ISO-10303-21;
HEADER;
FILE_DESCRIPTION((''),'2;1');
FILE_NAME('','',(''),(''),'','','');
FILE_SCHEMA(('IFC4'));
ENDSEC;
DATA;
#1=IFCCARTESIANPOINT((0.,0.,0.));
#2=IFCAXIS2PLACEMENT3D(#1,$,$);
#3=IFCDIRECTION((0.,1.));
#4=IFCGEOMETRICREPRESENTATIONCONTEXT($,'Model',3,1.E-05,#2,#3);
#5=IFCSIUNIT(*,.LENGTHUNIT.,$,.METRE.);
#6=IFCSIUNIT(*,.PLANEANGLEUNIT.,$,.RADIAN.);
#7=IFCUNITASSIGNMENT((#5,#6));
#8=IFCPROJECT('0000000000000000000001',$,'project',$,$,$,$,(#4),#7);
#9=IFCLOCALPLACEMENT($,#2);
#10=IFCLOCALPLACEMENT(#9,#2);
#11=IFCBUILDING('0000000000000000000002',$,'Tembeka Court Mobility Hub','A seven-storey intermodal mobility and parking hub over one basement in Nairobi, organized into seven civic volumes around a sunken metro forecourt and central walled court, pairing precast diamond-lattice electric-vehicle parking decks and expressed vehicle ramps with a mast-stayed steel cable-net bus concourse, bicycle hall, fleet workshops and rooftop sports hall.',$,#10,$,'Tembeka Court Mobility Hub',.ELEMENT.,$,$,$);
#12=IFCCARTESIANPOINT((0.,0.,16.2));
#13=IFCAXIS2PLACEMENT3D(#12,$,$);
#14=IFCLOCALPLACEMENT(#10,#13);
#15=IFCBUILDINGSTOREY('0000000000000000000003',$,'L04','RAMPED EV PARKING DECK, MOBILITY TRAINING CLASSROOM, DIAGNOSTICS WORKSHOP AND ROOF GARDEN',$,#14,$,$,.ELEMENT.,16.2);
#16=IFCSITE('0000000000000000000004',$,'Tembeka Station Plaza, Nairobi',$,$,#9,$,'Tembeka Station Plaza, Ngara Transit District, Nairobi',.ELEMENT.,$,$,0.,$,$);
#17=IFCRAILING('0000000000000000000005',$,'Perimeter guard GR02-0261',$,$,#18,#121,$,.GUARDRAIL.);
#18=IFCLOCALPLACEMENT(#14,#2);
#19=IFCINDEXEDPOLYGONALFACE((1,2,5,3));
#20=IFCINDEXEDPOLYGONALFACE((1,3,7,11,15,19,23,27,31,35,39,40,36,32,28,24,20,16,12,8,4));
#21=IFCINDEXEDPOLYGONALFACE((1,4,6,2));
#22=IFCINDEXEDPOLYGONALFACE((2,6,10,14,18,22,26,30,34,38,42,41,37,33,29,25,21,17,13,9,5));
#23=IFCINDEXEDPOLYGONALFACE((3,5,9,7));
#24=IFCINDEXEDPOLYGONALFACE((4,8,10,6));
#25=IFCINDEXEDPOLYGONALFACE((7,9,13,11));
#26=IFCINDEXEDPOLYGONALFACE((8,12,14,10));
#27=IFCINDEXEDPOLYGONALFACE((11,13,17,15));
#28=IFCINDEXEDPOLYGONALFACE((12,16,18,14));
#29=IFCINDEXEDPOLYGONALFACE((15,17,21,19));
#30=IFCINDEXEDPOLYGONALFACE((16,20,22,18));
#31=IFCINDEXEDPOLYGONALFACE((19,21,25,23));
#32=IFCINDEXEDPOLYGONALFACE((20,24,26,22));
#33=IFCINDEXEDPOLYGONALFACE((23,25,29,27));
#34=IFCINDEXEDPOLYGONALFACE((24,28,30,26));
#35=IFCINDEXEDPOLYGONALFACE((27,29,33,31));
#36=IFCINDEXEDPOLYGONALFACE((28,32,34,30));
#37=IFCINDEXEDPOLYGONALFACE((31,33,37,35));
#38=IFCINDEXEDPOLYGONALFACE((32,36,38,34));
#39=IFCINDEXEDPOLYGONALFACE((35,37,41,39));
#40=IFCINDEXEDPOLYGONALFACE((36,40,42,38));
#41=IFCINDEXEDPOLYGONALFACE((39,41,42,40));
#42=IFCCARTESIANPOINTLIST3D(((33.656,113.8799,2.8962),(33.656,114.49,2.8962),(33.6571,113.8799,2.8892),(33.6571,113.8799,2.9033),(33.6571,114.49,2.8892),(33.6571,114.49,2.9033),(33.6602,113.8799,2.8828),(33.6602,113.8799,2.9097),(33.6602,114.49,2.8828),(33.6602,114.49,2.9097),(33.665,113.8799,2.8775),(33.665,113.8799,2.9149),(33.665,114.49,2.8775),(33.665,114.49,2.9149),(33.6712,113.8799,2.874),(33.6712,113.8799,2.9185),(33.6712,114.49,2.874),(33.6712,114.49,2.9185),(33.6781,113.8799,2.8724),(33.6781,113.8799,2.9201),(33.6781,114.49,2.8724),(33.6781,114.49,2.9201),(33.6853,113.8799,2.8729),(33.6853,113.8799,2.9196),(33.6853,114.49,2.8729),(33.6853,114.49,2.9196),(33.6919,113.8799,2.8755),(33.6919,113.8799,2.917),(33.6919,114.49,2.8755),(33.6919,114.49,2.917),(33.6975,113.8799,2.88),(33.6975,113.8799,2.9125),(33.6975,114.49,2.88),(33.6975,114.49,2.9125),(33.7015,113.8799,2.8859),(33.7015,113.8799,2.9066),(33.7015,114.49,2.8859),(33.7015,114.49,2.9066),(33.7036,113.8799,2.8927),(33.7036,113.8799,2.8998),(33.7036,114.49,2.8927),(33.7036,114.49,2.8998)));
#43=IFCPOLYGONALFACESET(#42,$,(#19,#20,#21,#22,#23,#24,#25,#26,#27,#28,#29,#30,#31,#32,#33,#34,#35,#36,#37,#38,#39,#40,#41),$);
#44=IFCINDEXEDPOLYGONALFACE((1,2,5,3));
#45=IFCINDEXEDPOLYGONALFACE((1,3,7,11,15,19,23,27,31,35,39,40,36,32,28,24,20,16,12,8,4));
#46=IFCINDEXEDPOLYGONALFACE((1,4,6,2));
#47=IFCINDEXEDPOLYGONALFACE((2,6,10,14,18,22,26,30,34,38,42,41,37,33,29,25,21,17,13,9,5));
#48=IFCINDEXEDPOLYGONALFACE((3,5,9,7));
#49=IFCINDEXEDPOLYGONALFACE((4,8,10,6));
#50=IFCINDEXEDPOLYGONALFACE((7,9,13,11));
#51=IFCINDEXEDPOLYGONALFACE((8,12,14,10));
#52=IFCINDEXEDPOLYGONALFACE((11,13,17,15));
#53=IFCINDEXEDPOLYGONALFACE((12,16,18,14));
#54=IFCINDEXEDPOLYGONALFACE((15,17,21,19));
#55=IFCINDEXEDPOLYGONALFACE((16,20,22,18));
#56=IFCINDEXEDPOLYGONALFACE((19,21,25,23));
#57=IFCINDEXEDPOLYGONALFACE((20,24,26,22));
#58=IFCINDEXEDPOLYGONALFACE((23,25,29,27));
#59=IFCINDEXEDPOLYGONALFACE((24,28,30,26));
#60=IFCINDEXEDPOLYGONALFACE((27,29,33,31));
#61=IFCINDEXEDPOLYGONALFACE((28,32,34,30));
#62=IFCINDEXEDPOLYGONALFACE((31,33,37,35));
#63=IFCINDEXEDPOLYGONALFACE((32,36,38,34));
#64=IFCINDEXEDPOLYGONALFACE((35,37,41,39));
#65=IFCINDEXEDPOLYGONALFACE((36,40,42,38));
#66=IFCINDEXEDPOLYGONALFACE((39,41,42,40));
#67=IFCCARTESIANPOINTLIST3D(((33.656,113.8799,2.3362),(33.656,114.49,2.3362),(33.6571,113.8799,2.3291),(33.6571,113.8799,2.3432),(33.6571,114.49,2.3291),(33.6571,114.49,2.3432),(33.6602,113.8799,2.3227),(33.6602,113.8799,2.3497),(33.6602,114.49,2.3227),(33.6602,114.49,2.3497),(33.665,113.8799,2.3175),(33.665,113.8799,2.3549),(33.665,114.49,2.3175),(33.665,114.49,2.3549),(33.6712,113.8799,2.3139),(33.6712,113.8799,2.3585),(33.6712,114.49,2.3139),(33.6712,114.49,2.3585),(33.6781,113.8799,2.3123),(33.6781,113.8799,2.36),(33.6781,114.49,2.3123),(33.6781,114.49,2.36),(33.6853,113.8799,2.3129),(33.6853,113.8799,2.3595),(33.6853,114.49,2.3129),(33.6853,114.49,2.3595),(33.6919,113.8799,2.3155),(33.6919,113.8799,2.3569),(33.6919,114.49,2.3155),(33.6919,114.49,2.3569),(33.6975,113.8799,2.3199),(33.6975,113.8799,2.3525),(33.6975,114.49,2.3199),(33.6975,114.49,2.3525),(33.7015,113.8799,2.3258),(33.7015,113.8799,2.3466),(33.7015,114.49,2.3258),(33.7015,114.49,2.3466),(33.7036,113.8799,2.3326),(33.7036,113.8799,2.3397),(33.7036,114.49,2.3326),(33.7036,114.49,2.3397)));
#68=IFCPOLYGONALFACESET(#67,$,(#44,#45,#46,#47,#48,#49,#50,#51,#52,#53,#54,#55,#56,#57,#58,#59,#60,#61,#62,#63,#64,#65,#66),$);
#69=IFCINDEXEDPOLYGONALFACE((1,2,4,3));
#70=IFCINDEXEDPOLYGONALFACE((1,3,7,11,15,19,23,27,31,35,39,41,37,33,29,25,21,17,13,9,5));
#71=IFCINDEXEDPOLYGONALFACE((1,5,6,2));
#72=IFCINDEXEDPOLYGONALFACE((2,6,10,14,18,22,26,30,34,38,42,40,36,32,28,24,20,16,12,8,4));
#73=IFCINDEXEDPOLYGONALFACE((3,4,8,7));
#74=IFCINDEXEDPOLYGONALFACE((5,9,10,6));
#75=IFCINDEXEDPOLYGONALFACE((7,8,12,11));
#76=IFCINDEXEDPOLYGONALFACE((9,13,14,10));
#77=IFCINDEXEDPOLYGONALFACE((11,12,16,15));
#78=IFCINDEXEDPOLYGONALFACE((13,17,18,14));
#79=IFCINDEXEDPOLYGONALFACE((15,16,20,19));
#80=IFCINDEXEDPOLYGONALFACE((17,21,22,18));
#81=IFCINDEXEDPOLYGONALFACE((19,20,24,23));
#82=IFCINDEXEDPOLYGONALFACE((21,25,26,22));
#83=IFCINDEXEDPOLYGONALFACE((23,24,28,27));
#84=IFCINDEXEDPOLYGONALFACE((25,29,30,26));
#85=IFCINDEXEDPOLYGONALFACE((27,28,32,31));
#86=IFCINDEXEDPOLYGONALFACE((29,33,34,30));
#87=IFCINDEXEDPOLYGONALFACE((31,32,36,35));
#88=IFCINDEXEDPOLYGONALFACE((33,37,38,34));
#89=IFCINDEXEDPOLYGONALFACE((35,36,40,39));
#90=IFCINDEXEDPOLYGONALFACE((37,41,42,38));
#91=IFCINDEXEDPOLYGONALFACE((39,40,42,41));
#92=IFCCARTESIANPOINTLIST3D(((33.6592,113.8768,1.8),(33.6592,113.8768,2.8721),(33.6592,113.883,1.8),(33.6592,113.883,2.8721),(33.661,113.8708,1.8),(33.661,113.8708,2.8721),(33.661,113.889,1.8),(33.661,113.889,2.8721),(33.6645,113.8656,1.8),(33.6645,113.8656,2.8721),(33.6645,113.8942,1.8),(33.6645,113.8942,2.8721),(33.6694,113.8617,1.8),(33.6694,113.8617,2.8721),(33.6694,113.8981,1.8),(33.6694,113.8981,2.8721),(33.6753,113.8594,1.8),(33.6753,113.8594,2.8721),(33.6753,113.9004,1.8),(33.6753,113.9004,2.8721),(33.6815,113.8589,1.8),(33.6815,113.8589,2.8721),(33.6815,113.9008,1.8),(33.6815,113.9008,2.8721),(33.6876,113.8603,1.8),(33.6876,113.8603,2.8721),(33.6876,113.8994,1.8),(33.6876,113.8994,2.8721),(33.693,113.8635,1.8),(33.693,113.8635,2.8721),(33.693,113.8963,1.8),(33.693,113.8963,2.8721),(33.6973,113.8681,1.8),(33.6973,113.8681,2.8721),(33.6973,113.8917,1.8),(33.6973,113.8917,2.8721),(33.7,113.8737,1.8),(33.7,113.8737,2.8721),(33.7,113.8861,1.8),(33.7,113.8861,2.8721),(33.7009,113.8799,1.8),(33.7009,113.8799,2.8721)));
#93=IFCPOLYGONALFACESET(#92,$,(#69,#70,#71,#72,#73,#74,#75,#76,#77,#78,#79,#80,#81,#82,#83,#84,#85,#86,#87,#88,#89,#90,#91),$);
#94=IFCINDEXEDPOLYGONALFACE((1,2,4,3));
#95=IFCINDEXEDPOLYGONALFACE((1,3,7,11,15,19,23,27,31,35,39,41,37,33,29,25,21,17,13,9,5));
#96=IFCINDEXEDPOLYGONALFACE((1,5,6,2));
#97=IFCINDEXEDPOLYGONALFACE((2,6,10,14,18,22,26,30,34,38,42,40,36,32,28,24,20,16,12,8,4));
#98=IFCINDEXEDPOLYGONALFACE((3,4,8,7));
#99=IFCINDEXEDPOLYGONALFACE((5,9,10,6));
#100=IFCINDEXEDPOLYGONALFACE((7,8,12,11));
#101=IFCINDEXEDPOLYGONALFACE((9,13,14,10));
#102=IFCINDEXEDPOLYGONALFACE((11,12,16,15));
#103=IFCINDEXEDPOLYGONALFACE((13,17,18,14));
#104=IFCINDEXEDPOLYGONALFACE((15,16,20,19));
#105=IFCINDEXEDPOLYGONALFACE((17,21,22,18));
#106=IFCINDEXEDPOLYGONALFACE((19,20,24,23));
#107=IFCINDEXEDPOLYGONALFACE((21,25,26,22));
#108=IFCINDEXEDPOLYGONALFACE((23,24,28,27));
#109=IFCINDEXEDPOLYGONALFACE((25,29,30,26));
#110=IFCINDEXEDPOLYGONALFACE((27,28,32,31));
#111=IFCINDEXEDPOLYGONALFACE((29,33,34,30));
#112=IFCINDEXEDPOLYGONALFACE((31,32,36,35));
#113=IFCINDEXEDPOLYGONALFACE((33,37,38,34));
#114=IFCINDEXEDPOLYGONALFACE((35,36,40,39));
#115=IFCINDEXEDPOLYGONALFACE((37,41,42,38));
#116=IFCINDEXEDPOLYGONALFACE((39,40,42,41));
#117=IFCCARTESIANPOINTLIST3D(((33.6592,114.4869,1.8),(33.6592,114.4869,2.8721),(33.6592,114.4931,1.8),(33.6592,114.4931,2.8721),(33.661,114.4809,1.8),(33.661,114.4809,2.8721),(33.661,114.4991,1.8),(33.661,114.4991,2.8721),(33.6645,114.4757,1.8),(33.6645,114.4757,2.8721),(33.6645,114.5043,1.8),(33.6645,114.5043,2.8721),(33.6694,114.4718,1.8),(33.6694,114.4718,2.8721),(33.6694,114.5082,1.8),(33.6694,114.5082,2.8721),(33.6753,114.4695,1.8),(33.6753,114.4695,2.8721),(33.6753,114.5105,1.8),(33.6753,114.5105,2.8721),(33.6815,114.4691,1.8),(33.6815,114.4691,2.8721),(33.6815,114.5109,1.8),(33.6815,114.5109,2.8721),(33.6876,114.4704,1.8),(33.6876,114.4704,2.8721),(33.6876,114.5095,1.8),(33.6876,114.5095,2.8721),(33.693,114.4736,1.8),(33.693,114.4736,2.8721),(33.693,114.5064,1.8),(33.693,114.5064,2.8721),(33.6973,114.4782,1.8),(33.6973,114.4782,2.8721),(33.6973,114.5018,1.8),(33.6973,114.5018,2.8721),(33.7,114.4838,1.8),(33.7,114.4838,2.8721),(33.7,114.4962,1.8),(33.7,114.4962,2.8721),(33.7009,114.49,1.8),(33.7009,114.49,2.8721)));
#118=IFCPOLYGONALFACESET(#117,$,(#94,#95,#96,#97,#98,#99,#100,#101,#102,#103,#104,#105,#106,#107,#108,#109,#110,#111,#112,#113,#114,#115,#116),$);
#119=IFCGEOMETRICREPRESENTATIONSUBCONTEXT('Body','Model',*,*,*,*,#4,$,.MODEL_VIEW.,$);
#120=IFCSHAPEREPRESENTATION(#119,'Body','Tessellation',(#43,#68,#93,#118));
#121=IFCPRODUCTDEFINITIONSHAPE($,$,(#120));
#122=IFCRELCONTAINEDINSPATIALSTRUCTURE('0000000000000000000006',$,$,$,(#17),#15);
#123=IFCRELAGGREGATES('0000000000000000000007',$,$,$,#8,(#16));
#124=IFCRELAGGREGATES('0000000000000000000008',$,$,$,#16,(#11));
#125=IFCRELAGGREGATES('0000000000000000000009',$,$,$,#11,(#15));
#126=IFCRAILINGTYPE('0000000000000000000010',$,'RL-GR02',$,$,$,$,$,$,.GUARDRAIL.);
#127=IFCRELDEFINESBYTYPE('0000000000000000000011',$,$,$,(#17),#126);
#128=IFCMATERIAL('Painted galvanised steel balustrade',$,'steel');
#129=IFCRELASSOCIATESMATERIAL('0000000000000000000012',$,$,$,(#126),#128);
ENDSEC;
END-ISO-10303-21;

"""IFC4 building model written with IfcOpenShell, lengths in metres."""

from ifc_helpers import new_model, si_unit, direction, frame, origin, origin_2d, place, context, subcontext, project, spatial, circle, extrude, material, type_object, element, save


model = new_model("IFC4")

# Units and contexts
model_context = context("Model", 3, precision=1e-05, world=origin(), true_north=direction((0.0, 1.0)))
body_context = subcontext(model_context, "Body", "Model", "MODEL_VIEW")
ifc_project = project(units=[si_unit("LENGTHUNIT", "METRE"), si_unit("PLANEANGLEUNIT", "RADIAN")], contexts=[model_context])

# Site, building, storey
site_placement = place(None, origin())
site = spatial("IfcSite", under=ifc_project, at=site_placement, Name="Tembeka Station Plaza, Nairobi", LongName="Tembeka Station Plaza, Ngara Transit District, Nairobi", CompositionType="ELEMENT", RefElevation=0.0)
building_placement = place(site_placement, origin())
building = spatial("IfcBuilding", under=site, at=building_placement, Name="Tembeka Court Mobility Hub", Description="A seven-storey intermodal mobility and parking hub over one basement in Nairobi, organized into seven civic volumes around a sunken metro forecourt and central walled court, pairing precast diamond-lattice electric-vehicle parking decks and expressed vehicle ramps with a mast-stayed steel cable-net bus concourse, bicycle hall, fleet workshops and rooftop sports hall.", LongName="Tembeka Court Mobility Hub", CompositionType="ELEMENT")
storey_placement = place(building_placement, frame((0.0, 0.0, 16.2)))
storey = spatial("IfcBuildingStorey", under=building, at=storey_placement, Name="L04", Description="RAMPED EV PARKING DECK, MOBILITY TRAINING CLASSROOM, DIAGNOSTICS WORKSHOP AND ROOF GARDEN", CompositionType="ELEMENT", Elevation=16.2)

# Railing
ifc_material_1 = material(Name="Painted galvanised steel balustrade", Category="steel")
railing_type = type_object("IfcRailingType", Name="RL-GR02", PredefinedType="GUARDRAIL", material=ifc_material_1)
railing_1_placement = place(storey_placement, frame((33.6799, 113.8799, 1.8)))
element("IfcRailing", 1, at=railing_1_placement, inside=storey, type_object=railing_type, Name="Perimeter guard GR02-0261", PredefinedType="GUARDRAIL", context=body_context, shape_type="SweptSolid", body=[
    extrude(circle(Radius=0.0239, at=origin_2d()), frame((0.0, 0.0, 1.0962), z_axis=(0.0, 1.0, 0.0), x_axis=(-1.0, 0.0, 0.0)), (0.0, 0.0, 1.0), 0.6101),
    extrude(circle(Radius=0.0239, at=origin_2d()), frame((0.0, 0.0, 0.5361), z_axis=(0.0, 1.0, 0.0), x_axis=(-1.0, 0.0, 0.0)), (0.0, 0.0, 1.0), 0.6101),
    extrude(circle(Radius=0.021, at=origin_2d()), origin(), (0.0, 0.0, 1.0), 1.072),
    extrude(circle(Radius=0.021, at=origin_2d()), frame((0.0, 0.6101, 0.0)), (0.0, 0.0, 1.0), 1.072),
])

save(model, "model.ifc")
